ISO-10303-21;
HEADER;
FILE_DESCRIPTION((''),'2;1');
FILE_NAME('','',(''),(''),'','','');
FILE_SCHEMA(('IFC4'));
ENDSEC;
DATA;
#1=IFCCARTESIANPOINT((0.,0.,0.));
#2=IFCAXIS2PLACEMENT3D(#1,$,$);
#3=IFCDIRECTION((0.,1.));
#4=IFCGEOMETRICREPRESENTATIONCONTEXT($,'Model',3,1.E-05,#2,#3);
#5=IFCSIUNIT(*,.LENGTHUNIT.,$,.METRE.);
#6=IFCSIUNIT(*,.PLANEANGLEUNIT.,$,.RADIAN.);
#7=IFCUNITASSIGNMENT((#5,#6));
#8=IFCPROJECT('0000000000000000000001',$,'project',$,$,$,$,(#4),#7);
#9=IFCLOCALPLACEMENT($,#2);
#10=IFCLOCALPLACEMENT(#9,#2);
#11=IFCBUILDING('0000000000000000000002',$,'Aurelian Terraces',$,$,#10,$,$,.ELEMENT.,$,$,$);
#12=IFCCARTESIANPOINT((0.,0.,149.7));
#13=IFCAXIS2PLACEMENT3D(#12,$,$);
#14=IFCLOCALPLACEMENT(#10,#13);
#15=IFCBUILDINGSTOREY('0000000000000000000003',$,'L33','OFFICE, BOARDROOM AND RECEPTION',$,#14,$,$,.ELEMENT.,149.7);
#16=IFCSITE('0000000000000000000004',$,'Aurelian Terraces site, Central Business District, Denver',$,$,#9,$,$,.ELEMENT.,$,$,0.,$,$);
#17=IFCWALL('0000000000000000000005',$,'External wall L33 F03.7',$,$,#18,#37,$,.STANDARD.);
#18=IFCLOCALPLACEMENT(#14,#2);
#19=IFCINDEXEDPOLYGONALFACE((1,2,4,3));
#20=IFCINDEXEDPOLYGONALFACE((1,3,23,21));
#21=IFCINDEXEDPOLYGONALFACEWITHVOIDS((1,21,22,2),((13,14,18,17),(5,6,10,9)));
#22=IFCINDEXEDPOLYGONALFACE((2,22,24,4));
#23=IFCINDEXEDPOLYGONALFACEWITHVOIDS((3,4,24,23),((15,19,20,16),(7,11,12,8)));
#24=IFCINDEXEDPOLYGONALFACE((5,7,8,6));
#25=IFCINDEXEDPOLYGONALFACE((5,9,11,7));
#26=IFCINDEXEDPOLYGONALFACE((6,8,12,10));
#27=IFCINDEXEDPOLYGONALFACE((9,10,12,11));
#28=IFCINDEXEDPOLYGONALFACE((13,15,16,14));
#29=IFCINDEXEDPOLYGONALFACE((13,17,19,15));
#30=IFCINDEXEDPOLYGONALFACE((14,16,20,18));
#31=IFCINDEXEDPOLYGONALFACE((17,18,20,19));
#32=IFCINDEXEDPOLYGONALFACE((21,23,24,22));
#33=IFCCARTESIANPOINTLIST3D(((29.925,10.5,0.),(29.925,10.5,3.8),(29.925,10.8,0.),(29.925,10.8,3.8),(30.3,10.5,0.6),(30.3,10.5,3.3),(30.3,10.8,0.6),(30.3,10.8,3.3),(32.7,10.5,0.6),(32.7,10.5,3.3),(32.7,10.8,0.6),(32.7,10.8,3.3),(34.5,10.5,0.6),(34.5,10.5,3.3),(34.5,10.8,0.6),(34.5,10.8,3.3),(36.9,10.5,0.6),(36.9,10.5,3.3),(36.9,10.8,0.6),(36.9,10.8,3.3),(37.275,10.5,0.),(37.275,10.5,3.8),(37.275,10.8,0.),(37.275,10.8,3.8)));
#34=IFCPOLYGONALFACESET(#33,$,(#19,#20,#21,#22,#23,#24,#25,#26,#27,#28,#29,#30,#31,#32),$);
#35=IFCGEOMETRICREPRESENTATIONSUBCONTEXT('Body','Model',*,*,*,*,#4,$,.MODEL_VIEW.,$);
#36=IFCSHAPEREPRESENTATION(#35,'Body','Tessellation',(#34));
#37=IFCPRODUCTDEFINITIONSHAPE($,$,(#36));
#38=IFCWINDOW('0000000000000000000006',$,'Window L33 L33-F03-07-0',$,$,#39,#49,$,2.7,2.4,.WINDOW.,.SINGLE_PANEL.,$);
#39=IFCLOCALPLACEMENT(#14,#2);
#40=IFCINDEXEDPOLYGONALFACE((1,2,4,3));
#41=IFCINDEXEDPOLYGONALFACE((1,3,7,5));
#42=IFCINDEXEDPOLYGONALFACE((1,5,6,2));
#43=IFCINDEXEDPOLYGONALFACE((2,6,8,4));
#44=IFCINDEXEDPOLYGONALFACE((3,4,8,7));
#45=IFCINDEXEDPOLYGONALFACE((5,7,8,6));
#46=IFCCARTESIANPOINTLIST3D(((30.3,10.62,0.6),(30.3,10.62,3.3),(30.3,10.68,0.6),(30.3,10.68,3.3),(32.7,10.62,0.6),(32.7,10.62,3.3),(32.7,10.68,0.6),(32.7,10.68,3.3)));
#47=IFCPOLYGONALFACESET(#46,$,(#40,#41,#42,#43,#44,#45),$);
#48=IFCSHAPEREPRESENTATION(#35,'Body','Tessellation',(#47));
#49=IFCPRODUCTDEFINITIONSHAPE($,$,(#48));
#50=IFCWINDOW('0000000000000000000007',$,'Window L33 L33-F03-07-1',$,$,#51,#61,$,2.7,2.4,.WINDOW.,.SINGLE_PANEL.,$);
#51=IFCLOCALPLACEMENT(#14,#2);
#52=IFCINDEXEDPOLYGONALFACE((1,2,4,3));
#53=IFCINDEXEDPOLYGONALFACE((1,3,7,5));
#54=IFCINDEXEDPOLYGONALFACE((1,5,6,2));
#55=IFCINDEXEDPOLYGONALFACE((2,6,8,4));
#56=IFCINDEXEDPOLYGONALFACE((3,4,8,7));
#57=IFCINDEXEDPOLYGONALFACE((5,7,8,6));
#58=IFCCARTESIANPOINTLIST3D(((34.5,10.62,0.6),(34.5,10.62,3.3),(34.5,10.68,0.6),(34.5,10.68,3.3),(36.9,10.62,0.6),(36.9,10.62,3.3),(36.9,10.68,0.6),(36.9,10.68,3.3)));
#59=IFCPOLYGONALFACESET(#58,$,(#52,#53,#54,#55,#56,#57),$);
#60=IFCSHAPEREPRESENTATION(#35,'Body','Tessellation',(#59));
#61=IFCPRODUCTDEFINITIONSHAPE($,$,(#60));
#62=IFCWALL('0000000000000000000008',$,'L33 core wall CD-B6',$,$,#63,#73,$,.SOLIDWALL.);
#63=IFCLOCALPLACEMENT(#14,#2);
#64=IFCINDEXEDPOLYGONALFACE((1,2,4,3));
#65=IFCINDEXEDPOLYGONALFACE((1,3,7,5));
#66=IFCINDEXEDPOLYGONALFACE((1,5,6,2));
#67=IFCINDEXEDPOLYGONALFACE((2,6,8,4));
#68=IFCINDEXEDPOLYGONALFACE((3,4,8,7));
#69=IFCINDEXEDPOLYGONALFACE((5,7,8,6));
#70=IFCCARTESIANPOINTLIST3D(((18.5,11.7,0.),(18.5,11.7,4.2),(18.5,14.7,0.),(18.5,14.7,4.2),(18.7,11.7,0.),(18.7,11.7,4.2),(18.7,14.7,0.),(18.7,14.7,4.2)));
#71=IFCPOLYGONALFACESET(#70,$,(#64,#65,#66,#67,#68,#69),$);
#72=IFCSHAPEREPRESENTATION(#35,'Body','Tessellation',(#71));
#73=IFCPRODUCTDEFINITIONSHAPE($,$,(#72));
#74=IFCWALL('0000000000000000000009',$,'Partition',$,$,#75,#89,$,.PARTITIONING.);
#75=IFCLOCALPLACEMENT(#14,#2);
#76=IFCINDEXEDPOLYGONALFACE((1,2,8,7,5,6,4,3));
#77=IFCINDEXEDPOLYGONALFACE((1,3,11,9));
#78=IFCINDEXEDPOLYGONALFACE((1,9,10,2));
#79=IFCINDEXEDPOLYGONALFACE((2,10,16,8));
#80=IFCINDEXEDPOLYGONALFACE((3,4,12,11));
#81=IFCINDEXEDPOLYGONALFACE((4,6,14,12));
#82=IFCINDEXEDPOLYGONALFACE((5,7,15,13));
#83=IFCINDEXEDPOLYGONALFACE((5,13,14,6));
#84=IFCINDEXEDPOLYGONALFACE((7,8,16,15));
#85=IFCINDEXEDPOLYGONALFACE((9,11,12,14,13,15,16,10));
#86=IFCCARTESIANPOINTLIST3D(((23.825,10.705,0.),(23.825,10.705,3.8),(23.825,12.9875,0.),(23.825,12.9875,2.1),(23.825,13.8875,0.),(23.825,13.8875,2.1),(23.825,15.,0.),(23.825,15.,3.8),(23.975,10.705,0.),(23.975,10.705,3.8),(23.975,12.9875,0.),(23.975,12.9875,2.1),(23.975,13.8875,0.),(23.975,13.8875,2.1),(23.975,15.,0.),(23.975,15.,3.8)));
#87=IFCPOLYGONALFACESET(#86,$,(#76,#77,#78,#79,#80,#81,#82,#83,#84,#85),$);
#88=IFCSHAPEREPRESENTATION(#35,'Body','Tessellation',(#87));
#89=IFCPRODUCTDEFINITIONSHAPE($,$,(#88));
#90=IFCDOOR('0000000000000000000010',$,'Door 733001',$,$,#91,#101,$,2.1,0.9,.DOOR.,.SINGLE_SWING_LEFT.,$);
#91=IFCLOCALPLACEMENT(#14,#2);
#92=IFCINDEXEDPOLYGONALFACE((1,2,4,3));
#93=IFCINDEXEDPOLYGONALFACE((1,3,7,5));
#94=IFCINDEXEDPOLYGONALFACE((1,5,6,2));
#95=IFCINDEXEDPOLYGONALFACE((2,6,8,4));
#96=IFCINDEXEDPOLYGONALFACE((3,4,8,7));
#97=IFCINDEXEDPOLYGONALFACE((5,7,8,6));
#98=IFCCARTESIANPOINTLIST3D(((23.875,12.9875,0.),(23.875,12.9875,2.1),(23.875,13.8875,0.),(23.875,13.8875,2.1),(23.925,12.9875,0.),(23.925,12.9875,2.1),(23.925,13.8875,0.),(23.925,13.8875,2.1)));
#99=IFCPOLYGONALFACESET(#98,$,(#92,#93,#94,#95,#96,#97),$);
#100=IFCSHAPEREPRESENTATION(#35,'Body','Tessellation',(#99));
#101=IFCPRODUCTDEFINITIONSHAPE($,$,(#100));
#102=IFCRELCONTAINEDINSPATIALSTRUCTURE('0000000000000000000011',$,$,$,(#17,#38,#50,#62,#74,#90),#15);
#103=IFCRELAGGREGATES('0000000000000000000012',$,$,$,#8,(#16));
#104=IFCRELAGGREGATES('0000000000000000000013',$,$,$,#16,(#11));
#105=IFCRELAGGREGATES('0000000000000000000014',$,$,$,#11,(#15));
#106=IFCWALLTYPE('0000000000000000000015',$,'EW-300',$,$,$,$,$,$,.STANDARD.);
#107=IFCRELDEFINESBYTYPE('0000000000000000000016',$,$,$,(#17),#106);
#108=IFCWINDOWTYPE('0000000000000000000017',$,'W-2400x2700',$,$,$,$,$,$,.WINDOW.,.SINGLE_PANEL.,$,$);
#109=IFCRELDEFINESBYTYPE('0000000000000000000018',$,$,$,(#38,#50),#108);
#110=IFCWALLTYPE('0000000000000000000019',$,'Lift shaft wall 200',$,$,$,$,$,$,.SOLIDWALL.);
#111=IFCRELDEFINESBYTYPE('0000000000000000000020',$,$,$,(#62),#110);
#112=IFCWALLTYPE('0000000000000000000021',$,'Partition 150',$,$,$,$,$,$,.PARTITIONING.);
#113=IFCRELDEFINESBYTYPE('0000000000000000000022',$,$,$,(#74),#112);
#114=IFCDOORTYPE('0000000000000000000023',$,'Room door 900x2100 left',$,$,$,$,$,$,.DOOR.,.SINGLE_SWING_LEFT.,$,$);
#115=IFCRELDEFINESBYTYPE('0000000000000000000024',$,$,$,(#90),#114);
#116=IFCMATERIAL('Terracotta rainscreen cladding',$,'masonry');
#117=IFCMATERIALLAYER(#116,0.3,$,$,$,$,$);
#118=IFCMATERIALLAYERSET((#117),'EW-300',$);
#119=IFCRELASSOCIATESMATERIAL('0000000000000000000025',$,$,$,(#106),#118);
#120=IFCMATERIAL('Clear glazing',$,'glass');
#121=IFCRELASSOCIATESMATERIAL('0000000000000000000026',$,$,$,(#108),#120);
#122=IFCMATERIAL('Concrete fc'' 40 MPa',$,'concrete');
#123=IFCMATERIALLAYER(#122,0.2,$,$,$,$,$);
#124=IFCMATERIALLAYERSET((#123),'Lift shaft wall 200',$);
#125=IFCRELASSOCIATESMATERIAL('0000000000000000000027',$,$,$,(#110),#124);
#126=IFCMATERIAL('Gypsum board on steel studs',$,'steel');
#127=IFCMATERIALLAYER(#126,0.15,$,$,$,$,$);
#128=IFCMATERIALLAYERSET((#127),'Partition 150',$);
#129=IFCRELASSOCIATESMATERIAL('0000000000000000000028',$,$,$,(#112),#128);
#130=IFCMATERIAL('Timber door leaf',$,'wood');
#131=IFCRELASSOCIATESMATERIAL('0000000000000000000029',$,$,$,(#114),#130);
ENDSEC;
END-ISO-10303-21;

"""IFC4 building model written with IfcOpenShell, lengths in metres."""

from ifc_helpers import new_model, si_unit, direction, frame, frame_2d, origin, place, context, subcontext, project, spatial, rectangle, extrude, source, transform, mapped, material, layer, layer_set, type_object, element, fill, save


model = new_model("IFC4")

# Units and contexts
model_context = context("Model", 3, precision=1e-05, world=origin(), true_north=direction((0.0, 1.0)))
body_context = subcontext(model_context, "Body", "Model", "MODEL_VIEW")
ifc_project = project(units=[si_unit("LENGTHUNIT", "METRE"), si_unit("PLANEANGLEUNIT", "RADIAN")], contexts=[model_context])

# Site, building, storey
site_placement = place(None, origin())
site = spatial("IfcSite", under=ifc_project, at=site_placement, Name="Aurelian Terraces site, Central Business District, Denver", CompositionType="ELEMENT", RefElevation=0.0)
building_placement = place(site_placement, origin())
building = spatial("IfcBuilding", under=site, at=building_placement, Name="Aurelian Terraces", CompositionType="ELEMENT")
storey_placement = place(building_placement, frame((0.0, 0.0, 149.7)))
storey = spatial("IfcBuildingStorey", under=building, at=storey_placement, Name="L33", Description="OFFICE, BOARDROOM AND RECEPTION", CompositionType="ELEMENT", Elevation=149.7)

# Wall, openings, windows
ifc_material_1 = material(Name="Terracotta rainscreen cladding", Category="masonry")
ifc_layer_1 = layer(ifc_material_1, 0.3)
ifc_layer_set_1 = layer_set([ifc_layer_1], Name="EW-300")
wall_type_1 = type_object("IfcWallType", Name="EW-300", PredefinedType="STANDARD", material=ifc_layer_set_1)
shared_shape_1 = source(origin(), body_context, "Body", "SweptSolid", [
    extrude(rectangle(XDim=7.35, YDim=0.3, at=frame_2d((3.675, 0.0))), origin(), (0.0, 0.0, 1.0), 3.8),
])
wall_1_placement = place(storey_placement, frame((29.925, 10.65, 0.0), z_axis=(0.0, 0.0, 1.0), x_axis=(1.0, 0.0, 0.0)))
wall_1 = element("IfcWall", 1, at=wall_1_placement, inside=storey, type_object=wall_type_1, Name="External wall L33 F03.7", PredefinedType="STANDARD", context=body_context, shape_type="MappedRepresentation", body=[
    mapped(shared_shape_1, transform((0.0, 0.0, 0.0), scale=1.0)),
])
shared_shape_2 = source(origin(), body_context, "Body", "SweptSolid", [
    extrude(rectangle(XDim=2.4, YDim=2.7, at=frame_2d((1.2, 1.35))), frame((0.0, 0.16, 0.0), z_axis=(0.0, -1.0, 0.0), x_axis=(1.0, 0.0, 0.0)), (0.0, 0.0, 1.0), 0.32),
])
opening_1_placement = place(wall_1_placement, frame((0.375, 0.0, 0.6)))
opening_1 = element("IfcOpeningElement", 2, at=opening_1_placement, cuts=wall_1, PredefinedType="OPENING", context=body_context, shape_type="MappedRepresentation", body=[
    mapped(shared_shape_2, transform((0.0, 0.0, 0.0), scale=1.0)),
])
opening_2_placement = place(wall_1_placement, frame((4.575, 0.0, 0.6)))
opening_2 = element("IfcOpeningElement", 3, at=opening_2_placement, cuts=wall_1, PredefinedType="OPENING", context=body_context, shape_type="MappedRepresentation", body=[
    mapped(shared_shape_2, transform((0.0, 0.0, 0.0), scale=1.0)),
])
ifc_material_2 = material(Name="Clear glazing", Category="glass")
window_type = type_object("IfcWindowType", Name="W-2400x2700", PartitioningType="SINGLE_PANEL", PredefinedType="WINDOW", material=ifc_material_2)
shared_shape_3 = source(origin(), body_context, "Body", "SweptSolid", [
    extrude(rectangle(XDim=2.4, YDim=2.7, at=frame_2d((1.2, 1.35))), frame((0.0, 0.03, 0.0), z_axis=(0.0, -1.0, 0.0), x_axis=(1.0, 0.0, 0.0)), (0.0, 0.0, 1.0), 0.06),
])
window_1_placement = place(opening_1_placement, origin())
window_1 = element("IfcWindow", 4, at=window_1_placement, inside=storey, type_object=window_type, Name="Window L33 L33-F03-07-0", OverallHeight=2.7, OverallWidth=2.4, PartitioningType="SINGLE_PANEL", PredefinedType="WINDOW", context=body_context, shape_type="MappedRepresentation", body=[
    mapped(shared_shape_3, transform((0.0, 0.0, 0.0), scale=1.0)),
])
fill(opening_1, window_1)
window_2_placement = place(opening_2_placement, origin())
window_2 = element("IfcWindow", 5, at=window_2_placement, inside=storey, type_object=window_type, Name="Window L33 L33-F03-07-1", OverallHeight=2.7, OverallWidth=2.4, PartitioningType="SINGLE_PANEL", PredefinedType="WINDOW", context=body_context, shape_type="MappedRepresentation", body=[
    mapped(shared_shape_3, transform((0.0, 0.0, 0.0), scale=1.0)),
])
fill(opening_2, window_2)

# Wall
ifc_material_3 = material(Name="Concrete fc' 40 MPa", Category="concrete")
ifc_layer_2 = layer(ifc_material_3, 0.2)
ifc_layer_set_2 = layer_set([ifc_layer_2], Name="Lift shaft wall 200")
wall_type_2 = type_object("IfcWallType", Name="Lift shaft wall 200", PredefinedType="SOLIDWALL", material=ifc_layer_set_2)
shared_shape_4 = source(origin(), body_context, "Body", "SweptSolid", [
    extrude(rectangle(XDim=3.0, YDim=0.2, at=frame_2d((1.5, 0.0))), origin(), (0.0, 0.0, 1.0), 4.2),
])
wall_2_placement = place(storey_placement, frame((18.6, 11.7, 0.0), z_axis=(0.0, 0.0, 1.0), x_axis=(0.0, 1.0, 0.0)))
element("IfcWall", 6, at=wall_2_placement, inside=storey, type_object=wall_type_2, Name="L33 core wall CD-B6", PredefinedType="SOLIDWALL", context=body_context, shape_type="MappedRepresentation", body=[
    mapped(shared_shape_4, transform((0.0, 0.0, 0.0), scale=1.0)),
])

# Wall, opening, door
ifc_material_4 = material(Name="Gypsum board on steel studs", Category="steel")
ifc_layer_3 = layer(ifc_material_4, 0.15)
ifc_layer_set_3 = layer_set([ifc_layer_3], Name="Partition 150")
wall_type_3 = type_object("IfcWallType", Name="Partition 150", PredefinedType="PARTITIONING", material=ifc_layer_set_3)
shared_shape_5 = source(origin(), body_context, "Body", "SweptSolid", [
    extrude(rectangle(XDim=4.295, YDim=0.15, at=frame_2d((2.1475, 0.0))), origin(), (0.0, 0.0, 1.0), 3.8),
])
wall_3_placement = place(storey_placement, frame((23.9, 15.0, 0.0), z_axis=(0.0, 0.0, 1.0), x_axis=(0.0, -1.0, 0.0)))
wall_3 = element("IfcWall", 7, at=wall_3_placement, inside=storey, type_object=wall_type_3, Name="Partition", PredefinedType="PARTITIONING", context=body_context, shape_type="MappedRepresentation", body=[
    mapped(shared_shape_5, transform((0.0, 0.0, 0.0), scale=1.0)),
])
shared_shape_6 = source(origin(), body_context, "Body", "SweptSolid", [
    extrude(rectangle(XDim=0.9, YDim=2.1, at=frame_2d((0.45, 1.05))), frame((0.0, 0.085, 0.0), z_axis=(0.0, -1.0, 0.0), x_axis=(1.0, 0.0, 0.0)), (0.0, 0.0, 1.0), 0.17),
])
opening_3_placement = place(wall_3_placement, frame((1.1125, 0.0, 0.0)))
opening_3 = element("IfcOpeningElement", 8, at=opening_3_placement, cuts=wall_3, PredefinedType="OPENING", context=body_context, shape_type="MappedRepresentation", body=[
    mapped(shared_shape_6, transform((0.0, 0.0, 0.0), scale=1.0)),
])
ifc_material_5 = material(Name="Timber door leaf", Category="wood")
door_type_1 = type_object("IfcDoorType", Name="Room door 900x2100 left", OperationType="SINGLE_SWING_LEFT", PredefinedType="DOOR", material=ifc_material_5)
shared_shape_7 = source(origin(), body_context, "Body", "SweptSolid", [
    extrude(rectangle(XDim=0.9, YDim=2.1, at=frame_2d((0.45, 1.05))), frame((0.0, 0.025, 0.0), z_axis=(0.0, -1.0, 0.0), x_axis=(1.0, 0.0, 0.0)), (0.0, 0.0, 1.0), 0.05),
])
door_1_placement = place(opening_3_placement, origin())
door_1 = element("IfcDoor", 9, at=door_1_placement, inside=storey, type_object=door_type_1, Name="Door 733001", OperationType="SINGLE_SWING_LEFT", OverallHeight=2.1, OverallWidth=0.9, PredefinedType="DOOR", context=body_context, shape_type="MappedRepresentation", body=[
    mapped(shared_shape_7, transform((0.0, 0.0, 0.0), scale=1.0)),
])
fill(opening_3, door_1)

save(model, "model.ifc")
